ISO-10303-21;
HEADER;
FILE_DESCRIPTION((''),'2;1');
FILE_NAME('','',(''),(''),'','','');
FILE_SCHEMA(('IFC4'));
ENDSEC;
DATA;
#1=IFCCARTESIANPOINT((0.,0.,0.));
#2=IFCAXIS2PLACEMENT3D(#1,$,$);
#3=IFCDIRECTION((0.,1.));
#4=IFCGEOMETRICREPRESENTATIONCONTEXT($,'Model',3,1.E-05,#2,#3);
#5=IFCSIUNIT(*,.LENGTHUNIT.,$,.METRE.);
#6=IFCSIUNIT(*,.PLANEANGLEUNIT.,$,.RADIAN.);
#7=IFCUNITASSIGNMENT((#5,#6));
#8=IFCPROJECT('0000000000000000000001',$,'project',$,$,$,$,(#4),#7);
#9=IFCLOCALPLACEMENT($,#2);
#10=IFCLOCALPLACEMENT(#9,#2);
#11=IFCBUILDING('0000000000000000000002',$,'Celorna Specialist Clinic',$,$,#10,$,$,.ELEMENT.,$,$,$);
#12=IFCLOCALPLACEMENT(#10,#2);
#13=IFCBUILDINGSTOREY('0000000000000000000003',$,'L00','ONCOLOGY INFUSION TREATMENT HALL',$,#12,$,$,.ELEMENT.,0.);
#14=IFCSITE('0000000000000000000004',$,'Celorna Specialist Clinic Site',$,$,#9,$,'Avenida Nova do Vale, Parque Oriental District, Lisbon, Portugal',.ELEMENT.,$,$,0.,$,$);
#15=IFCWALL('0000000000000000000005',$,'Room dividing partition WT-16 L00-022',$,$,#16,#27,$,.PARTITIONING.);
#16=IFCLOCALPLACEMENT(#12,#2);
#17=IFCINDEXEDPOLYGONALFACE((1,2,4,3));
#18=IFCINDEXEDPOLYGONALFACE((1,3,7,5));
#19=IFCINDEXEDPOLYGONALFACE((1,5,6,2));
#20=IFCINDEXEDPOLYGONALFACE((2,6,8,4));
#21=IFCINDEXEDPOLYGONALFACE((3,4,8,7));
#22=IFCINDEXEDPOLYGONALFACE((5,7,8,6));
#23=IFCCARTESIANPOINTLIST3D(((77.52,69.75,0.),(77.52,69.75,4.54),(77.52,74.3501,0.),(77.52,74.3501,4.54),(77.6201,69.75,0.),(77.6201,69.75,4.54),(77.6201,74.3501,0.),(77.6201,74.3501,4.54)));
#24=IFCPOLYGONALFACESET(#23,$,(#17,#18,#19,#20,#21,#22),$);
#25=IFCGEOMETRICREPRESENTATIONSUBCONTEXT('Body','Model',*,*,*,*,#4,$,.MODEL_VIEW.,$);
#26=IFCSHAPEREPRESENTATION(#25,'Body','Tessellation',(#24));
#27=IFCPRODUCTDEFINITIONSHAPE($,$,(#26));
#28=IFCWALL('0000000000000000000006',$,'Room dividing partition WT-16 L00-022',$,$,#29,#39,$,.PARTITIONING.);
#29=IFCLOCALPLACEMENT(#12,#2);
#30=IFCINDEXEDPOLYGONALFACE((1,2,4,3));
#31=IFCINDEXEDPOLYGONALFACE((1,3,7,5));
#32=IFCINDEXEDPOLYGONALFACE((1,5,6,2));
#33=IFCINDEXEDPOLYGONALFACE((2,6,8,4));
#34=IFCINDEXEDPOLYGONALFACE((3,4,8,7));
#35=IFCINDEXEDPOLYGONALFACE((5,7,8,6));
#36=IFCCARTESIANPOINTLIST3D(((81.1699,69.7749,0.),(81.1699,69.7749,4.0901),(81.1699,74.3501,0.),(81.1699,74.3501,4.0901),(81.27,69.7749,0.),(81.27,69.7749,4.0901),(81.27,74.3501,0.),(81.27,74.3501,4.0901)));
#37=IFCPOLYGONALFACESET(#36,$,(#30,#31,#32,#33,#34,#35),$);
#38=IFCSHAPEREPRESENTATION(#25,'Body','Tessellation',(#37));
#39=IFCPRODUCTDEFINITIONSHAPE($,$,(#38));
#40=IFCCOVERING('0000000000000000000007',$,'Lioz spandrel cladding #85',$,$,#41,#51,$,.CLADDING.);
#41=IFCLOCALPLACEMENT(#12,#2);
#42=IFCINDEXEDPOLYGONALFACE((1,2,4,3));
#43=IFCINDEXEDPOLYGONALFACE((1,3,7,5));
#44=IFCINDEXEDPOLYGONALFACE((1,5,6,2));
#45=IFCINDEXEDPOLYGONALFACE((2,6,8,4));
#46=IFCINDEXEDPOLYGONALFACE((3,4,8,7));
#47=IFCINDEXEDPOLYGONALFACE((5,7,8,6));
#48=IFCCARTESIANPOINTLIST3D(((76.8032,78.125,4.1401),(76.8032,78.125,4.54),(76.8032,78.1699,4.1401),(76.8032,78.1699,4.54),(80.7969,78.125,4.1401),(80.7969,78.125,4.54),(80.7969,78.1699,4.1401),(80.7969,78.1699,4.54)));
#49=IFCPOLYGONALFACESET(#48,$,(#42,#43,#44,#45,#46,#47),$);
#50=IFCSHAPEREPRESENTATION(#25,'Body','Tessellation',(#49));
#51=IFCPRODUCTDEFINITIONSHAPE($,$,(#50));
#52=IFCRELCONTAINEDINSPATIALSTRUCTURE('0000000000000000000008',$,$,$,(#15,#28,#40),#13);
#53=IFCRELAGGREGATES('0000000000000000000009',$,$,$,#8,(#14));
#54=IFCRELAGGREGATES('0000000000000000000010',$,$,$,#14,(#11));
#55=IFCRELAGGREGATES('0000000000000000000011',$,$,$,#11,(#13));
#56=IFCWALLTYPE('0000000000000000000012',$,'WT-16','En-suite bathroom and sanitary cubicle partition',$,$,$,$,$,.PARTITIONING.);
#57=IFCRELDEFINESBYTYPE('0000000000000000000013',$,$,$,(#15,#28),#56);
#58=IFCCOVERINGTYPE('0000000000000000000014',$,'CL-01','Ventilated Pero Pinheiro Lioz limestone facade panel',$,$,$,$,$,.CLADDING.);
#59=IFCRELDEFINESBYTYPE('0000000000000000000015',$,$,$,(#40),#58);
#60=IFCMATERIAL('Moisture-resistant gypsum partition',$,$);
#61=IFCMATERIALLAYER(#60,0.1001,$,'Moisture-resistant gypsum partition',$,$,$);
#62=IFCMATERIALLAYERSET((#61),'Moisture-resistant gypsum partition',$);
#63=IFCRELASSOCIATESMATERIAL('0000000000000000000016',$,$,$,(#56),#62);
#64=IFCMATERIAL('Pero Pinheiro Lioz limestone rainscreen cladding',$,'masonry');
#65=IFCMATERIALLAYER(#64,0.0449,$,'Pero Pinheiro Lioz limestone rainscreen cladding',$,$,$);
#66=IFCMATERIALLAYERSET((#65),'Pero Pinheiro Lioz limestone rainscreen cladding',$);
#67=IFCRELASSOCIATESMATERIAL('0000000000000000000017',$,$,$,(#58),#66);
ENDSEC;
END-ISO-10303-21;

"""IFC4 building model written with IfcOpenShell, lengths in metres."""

from ifc_helpers import new_model, si_unit, direction, frame, frame_2d, origin, origin_2d, place, context, subcontext, project, spatial, rectangle, extrude, material, layer, layer_set, type_object, element, save


model = new_model("IFC4")

# Units and contexts
model_context = context("Model", 3, precision=1e-05, world=origin(), true_north=direction((0.0, 1.0)))
body_context = subcontext(model_context, "Body", "Model", "MODEL_VIEW")
ifc_project = project(units=[si_unit("LENGTHUNIT", "METRE"), si_unit("PLANEANGLEUNIT", "RADIAN")], contexts=[model_context])

# Site, building, storey
site_placement = place(None, origin())
site = spatial("IfcSite", under=ifc_project, at=site_placement, Name="Celorna Specialist Clinic Site", LongName="Avenida Nova do Vale, Parque Oriental District, Lisbon, Portugal", CompositionType="ELEMENT", RefElevation=0.0)
building_placement = place(site_placement, origin())
building = spatial("IfcBuilding", under=site, at=building_placement, Name="Celorna Specialist Clinic", CompositionType="ELEMENT")
storey_placement = place(building_placement, origin())
storey = spatial("IfcBuildingStorey", under=building, at=storey_placement, Name="L00", Description="ONCOLOGY INFUSION TREATMENT HALL", CompositionType="ELEMENT", Elevation=0.0)

# Shared definitions
ifc_material_1 = material(Name="Moisture-resistant gypsum partition")
ifc_layer_1 = layer(ifc_material_1, 0.1001, Name="Moisture-resistant gypsum partition")
ifc_layer_set_1 = layer_set([ifc_layer_1], Name="Moisture-resistant gypsum partition")
wall_type_1 = type_object("IfcWallType", Name="WT-16", Description="En-suite bathroom and sanitary cubicle partition", PredefinedType="PARTITIONING", material=ifc_layer_set_1)

# Walls
wall_1_placement = place(storey_placement, frame((77.5701, 69.75, 0.0), z_axis=(0.0, 0.0, 1.0), x_axis=(0.0, 1.0, 0.0)))
element("IfcWall", 1, at=wall_1_placement, inside=storey, type_object=wall_type_1, Name="Room dividing partition WT-16 L00-022", PredefinedType="PARTITIONING", context=body_context, shape_type="SweptSolid", body=[
    extrude(rectangle(XDim=4.6001, YDim=0.1001, at=frame_2d((2.3, 0.0))), origin(), (0.0, 0.0, 1.0), 4.54),
])
wall_2_placement = place(storey_placement, frame((81.22, 69.7749, 0.0), z_axis=(0.0, 0.0, 1.0), x_axis=(0.0, 1.0, 0.0)))
element("IfcWall", 2, at=wall_2_placement, inside=storey, type_object=wall_type_1, Name="Room dividing partition WT-16 L00-022", PredefinedType="PARTITIONING", context=body_context, shape_type="SweptSolid", body=[
    extrude(rectangle(XDim=4.5752, YDim=0.1001, at=frame_2d((2.2876, 0.0))), origin(), (0.0, 0.0, 1.0), 4.0901),
])

# Covering
ifc_material_2 = material(Name="Pero Pinheiro Lioz limestone rainscreen cladding", Category="masonry")
ifc_layer_2 = layer(ifc_material_2, 0.0449, Name="Pero Pinheiro Lioz limestone rainscreen cladding")
ifc_layer_set_2 = layer_set([ifc_layer_2], Name="Pero Pinheiro Lioz limestone rainscreen cladding")
covering_type = type_object("IfcCoveringType", Name="CL-01", Description="Ventilated Pero Pinheiro Lioz limestone facade panel", PredefinedType="CLADDING", material=ifc_layer_set_2)
covering_placement = place(storey_placement, frame((78.8, 78.1475, 4.1401), z_axis=(0.0, 0.0, 1.0), x_axis=(1.0, 0.0, 0.0)))
element("IfcCovering", 3, at=covering_placement, inside=storey, type_object=covering_type, Name="Lioz spandrel cladding #85", PredefinedType="CLADDING", context=body_context, shape_type="SweptSolid", body=[
    extrude(rectangle(XDim=3.9937, YDim=0.0449, at=origin_2d()), origin(), (0.0, 0.0, 1.0), 0.3999),
])

save(model, "model.ifc")
